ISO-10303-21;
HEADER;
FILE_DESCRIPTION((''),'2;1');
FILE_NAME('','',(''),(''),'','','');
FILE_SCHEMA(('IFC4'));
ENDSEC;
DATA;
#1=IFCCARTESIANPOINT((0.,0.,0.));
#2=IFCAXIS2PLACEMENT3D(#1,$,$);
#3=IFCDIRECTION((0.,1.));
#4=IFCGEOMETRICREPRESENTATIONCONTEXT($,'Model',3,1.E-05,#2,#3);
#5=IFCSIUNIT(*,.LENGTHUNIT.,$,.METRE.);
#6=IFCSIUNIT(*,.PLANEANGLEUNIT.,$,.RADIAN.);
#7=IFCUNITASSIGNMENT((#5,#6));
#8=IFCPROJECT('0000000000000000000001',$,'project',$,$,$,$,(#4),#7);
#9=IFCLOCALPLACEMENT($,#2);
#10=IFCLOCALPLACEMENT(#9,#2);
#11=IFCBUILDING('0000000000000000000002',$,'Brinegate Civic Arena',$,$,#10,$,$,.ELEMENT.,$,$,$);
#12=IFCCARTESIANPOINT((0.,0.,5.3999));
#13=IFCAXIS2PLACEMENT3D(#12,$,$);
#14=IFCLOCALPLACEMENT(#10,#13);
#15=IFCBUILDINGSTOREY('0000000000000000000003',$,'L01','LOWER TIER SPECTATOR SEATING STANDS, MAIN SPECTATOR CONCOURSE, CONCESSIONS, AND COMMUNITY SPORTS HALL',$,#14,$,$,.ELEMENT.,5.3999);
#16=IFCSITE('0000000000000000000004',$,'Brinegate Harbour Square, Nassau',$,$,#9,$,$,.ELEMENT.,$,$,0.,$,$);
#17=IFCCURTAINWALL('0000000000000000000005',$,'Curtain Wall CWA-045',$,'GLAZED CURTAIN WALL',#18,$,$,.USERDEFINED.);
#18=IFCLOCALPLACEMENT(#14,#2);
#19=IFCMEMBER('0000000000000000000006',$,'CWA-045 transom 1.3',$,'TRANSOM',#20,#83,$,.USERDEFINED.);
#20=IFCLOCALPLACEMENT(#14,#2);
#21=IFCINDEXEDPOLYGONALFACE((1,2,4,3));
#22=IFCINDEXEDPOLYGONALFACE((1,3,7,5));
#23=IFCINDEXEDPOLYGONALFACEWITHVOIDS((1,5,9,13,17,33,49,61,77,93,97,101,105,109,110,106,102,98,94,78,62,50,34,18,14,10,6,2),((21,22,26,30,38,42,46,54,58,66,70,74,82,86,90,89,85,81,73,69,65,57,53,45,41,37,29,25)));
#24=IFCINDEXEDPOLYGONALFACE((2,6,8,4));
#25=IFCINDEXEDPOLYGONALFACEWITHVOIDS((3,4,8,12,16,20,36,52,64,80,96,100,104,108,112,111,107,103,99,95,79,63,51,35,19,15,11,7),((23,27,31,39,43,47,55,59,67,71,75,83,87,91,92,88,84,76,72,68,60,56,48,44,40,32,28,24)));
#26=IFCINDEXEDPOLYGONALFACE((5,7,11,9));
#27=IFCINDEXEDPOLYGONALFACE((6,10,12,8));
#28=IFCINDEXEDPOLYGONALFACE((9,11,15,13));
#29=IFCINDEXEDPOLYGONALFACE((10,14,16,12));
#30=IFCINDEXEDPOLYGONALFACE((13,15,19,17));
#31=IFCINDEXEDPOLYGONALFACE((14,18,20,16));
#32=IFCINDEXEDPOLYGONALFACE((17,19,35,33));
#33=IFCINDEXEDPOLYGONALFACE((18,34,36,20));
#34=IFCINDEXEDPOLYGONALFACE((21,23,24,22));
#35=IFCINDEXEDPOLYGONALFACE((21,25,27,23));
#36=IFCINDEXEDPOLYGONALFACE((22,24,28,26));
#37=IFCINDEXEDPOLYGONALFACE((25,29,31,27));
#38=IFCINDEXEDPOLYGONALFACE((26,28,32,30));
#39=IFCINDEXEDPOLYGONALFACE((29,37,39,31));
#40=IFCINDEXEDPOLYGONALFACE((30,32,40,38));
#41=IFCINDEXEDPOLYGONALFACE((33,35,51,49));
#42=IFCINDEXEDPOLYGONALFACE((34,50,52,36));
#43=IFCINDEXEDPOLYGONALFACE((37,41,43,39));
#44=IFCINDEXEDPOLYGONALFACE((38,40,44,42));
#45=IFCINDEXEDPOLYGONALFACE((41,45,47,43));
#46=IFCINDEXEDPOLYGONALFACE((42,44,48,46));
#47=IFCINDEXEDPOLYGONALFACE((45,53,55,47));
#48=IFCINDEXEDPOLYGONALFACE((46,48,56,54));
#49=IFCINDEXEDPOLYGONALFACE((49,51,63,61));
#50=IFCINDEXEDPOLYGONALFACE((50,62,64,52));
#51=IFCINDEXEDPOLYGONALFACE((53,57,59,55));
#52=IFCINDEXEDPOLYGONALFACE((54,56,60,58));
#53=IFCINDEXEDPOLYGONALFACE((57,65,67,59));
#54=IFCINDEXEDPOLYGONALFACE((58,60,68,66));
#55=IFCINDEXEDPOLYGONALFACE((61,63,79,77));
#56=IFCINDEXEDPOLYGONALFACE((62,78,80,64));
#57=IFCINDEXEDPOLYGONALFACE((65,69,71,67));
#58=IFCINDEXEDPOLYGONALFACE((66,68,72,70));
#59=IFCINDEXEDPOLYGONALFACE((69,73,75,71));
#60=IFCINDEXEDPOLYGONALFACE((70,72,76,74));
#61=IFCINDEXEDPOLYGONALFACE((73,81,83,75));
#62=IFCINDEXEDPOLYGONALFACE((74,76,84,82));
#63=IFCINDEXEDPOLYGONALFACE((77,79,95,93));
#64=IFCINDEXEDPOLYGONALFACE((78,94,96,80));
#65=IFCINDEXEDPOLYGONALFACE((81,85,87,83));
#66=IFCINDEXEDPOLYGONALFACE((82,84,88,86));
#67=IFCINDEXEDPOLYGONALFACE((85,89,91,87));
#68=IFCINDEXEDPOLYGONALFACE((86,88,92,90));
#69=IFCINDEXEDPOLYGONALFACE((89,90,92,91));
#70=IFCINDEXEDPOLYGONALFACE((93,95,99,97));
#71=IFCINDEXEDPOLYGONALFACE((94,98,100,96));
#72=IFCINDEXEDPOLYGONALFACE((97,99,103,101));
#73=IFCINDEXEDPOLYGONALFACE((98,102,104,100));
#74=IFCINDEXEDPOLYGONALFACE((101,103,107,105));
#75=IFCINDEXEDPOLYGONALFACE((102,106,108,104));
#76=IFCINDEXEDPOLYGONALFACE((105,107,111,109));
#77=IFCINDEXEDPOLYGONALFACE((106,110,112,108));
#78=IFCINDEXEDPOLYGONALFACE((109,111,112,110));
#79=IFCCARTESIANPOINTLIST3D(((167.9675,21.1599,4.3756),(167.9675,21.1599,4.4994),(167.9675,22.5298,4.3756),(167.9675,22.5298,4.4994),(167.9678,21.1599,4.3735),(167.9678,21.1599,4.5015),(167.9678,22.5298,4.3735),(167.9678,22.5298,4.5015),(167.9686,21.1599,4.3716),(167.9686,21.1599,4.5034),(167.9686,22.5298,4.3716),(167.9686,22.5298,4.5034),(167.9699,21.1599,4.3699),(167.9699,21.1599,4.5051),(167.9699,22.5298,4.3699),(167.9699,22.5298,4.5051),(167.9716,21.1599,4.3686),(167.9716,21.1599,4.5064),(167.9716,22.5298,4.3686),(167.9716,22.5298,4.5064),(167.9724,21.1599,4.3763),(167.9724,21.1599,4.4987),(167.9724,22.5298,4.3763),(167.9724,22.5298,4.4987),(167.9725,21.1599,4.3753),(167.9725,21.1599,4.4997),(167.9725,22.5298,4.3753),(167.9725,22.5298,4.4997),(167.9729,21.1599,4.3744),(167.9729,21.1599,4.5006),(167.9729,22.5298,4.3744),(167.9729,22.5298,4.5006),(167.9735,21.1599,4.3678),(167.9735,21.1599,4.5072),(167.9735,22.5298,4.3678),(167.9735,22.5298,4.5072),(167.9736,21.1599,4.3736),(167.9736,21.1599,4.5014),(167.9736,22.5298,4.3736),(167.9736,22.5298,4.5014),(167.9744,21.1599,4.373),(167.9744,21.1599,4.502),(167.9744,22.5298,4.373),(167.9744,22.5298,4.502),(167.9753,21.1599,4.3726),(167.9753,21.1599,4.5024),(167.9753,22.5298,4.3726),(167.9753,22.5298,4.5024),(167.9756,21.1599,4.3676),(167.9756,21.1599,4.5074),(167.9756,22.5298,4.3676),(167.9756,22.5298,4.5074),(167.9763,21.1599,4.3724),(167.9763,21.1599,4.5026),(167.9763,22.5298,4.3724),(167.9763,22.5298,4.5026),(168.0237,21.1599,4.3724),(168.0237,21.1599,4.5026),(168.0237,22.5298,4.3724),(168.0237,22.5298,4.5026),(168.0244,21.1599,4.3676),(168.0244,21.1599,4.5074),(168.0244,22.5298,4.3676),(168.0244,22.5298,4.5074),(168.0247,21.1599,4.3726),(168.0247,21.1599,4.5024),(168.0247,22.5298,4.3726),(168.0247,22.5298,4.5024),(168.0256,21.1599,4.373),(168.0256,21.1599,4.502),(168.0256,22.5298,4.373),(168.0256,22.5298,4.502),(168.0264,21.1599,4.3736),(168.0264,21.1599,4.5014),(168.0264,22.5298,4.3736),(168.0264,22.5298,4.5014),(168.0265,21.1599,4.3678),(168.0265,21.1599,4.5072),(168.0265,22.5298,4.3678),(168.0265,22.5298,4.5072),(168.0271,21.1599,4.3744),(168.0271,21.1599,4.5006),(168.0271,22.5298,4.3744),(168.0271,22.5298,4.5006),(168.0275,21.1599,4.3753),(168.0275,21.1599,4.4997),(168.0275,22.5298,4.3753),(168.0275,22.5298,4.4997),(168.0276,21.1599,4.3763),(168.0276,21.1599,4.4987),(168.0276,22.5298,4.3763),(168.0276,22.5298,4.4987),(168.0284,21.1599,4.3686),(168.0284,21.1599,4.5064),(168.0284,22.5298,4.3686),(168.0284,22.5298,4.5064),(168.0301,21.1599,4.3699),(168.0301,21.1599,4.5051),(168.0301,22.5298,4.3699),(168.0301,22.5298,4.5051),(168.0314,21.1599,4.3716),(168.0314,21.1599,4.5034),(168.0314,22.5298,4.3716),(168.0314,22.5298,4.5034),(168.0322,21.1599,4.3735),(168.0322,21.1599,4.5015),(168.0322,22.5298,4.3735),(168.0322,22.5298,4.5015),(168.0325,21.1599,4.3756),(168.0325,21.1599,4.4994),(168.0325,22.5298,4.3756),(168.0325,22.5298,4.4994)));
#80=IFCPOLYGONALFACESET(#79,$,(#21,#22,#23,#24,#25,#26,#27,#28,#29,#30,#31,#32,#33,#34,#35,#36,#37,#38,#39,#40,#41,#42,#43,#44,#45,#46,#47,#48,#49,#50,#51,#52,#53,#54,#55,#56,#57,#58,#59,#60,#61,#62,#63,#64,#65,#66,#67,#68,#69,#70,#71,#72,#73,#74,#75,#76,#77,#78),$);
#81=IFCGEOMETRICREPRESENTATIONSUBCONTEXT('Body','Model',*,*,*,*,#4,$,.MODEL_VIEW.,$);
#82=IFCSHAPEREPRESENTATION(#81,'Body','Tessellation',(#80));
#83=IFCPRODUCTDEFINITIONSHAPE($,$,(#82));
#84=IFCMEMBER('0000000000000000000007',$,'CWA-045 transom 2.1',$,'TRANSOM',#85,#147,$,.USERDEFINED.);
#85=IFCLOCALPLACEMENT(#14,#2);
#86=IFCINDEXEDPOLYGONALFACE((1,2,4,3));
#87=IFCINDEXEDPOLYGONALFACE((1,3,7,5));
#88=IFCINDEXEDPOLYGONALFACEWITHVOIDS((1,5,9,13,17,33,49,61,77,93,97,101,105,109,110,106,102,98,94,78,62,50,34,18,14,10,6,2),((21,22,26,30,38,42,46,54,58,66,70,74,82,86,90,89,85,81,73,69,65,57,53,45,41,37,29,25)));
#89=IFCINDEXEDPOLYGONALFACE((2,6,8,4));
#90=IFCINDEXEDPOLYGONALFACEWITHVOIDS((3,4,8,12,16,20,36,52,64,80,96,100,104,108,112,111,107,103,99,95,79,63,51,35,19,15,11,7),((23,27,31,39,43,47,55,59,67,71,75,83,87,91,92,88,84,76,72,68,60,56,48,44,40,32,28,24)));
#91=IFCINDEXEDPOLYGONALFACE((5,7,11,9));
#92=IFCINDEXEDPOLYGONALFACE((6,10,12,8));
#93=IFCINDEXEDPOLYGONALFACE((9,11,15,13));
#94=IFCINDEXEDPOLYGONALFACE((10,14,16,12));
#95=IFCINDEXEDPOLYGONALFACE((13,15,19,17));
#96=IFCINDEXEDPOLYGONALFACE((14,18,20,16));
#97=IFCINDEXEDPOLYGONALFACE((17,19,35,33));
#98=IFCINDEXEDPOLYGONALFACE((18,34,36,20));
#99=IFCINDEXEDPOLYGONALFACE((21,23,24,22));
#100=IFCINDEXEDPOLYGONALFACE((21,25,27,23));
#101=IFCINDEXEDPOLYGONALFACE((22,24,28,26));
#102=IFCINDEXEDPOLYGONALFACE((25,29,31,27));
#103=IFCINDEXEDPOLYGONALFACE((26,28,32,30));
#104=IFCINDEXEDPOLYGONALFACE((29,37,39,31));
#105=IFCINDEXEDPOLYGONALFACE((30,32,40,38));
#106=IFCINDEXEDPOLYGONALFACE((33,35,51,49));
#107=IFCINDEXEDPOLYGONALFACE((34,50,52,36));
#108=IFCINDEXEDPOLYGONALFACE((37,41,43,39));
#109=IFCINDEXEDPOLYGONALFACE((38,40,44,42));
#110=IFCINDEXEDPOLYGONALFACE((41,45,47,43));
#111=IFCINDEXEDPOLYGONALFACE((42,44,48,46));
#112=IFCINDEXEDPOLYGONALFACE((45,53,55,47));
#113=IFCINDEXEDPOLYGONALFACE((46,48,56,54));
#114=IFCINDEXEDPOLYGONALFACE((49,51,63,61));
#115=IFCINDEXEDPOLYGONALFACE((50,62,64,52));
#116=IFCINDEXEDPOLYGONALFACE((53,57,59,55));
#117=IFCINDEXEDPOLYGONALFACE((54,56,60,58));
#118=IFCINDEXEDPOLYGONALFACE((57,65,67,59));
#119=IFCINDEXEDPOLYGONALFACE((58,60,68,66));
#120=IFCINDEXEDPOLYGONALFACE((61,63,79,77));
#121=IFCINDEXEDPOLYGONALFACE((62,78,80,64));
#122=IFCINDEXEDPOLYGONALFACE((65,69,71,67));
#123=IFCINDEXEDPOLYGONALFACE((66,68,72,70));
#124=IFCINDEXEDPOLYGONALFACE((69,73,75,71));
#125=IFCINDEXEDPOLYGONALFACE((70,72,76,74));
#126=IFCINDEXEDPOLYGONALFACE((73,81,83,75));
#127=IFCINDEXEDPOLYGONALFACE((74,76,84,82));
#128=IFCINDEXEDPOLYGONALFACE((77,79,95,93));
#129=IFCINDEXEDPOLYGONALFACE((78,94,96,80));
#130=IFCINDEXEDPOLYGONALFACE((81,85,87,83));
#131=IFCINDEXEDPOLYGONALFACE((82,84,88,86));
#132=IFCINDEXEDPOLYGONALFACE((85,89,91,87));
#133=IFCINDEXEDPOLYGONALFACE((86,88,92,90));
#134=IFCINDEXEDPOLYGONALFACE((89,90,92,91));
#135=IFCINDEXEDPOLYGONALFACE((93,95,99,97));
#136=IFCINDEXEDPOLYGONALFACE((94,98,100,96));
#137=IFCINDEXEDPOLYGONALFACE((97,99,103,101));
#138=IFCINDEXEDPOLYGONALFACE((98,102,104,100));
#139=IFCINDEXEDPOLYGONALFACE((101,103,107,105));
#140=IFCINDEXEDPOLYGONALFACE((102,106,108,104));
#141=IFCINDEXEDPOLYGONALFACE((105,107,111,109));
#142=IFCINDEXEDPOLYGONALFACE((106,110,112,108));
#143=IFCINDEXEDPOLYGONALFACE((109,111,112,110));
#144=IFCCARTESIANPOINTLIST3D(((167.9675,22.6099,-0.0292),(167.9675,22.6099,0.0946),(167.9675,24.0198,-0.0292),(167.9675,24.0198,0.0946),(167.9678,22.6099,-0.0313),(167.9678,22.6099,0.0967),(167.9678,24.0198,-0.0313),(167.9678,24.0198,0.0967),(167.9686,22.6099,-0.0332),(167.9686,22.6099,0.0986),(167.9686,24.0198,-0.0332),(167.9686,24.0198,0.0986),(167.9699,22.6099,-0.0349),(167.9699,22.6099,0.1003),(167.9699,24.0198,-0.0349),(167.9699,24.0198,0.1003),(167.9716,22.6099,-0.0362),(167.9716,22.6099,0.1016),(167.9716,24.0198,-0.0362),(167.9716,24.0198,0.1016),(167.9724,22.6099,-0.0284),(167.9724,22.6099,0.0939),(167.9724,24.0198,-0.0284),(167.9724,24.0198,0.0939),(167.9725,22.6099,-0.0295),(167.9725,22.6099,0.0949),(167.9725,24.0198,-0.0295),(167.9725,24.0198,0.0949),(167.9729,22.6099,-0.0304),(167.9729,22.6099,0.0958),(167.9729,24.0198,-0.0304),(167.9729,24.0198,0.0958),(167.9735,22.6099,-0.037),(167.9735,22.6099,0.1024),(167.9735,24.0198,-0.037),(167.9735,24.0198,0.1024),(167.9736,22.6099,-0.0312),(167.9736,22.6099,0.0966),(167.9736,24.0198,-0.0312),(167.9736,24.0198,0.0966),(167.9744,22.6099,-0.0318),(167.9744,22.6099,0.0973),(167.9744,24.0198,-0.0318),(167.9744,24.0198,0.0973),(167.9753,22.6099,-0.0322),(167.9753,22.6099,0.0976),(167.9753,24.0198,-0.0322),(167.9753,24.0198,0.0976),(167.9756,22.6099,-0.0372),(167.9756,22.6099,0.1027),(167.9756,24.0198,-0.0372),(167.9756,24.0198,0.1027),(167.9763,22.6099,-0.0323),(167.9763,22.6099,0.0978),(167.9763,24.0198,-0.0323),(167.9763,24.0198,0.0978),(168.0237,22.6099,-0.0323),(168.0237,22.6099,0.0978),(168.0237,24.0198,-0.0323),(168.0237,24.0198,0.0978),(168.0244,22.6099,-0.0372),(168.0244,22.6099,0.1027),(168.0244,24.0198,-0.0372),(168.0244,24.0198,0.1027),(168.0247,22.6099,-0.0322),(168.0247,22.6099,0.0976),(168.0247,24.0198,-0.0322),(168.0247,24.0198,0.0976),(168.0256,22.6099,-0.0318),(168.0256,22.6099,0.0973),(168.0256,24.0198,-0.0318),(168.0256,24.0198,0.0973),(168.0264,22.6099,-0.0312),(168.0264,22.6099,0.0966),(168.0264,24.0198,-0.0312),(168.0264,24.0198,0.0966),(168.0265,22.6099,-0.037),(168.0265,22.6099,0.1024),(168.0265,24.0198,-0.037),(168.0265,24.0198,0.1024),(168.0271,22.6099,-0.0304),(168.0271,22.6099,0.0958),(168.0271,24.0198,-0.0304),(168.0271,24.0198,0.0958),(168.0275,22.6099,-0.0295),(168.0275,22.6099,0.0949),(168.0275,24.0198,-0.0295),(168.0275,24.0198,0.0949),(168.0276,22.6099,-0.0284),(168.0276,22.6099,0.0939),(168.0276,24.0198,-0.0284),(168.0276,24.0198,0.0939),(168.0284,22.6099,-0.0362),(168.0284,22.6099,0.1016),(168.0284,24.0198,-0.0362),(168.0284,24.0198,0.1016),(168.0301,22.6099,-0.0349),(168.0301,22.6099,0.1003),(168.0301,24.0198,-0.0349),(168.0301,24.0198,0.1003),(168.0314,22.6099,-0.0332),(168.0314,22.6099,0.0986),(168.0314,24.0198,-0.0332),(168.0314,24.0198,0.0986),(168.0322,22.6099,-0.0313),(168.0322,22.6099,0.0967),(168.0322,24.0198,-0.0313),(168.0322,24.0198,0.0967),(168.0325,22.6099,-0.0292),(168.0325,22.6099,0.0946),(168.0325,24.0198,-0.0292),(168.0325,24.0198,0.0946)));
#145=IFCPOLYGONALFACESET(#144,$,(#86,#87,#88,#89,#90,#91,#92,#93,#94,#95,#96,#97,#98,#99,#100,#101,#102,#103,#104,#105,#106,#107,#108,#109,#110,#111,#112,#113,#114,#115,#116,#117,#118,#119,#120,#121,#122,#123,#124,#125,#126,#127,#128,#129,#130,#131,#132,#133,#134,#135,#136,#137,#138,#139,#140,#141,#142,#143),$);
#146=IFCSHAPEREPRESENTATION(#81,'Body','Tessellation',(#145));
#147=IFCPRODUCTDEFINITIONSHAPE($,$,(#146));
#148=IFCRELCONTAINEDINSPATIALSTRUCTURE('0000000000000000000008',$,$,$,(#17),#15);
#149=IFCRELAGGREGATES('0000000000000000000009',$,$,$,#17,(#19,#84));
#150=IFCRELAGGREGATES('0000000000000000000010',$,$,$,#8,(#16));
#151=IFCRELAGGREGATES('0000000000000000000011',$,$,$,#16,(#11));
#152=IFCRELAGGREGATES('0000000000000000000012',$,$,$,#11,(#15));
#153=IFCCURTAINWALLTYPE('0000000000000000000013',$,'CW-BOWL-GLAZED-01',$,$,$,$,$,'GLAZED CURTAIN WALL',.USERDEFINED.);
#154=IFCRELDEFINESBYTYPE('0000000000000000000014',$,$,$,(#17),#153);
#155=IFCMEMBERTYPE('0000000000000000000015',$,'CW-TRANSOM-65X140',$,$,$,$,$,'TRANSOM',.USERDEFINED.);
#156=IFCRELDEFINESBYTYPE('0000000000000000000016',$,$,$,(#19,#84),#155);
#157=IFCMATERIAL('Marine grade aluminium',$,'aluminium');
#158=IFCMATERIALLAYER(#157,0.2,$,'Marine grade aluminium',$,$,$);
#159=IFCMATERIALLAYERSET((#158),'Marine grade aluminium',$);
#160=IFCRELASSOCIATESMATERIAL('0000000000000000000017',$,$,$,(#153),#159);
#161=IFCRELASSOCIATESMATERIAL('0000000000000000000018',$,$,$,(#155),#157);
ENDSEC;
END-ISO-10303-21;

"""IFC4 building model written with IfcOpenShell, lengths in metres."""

from ifc_helpers import new_model, si_unit, direction, frame, origin, origin_2d, place, context, subcontext, project, spatial, hollow_rectangle, extrude, material, layer, layer_set, material_profile, profile_set, type_object, element, aggregate, save


model = new_model("IFC4")

# Units and contexts
model_context = context("Model", 3, precision=1e-05, world=origin(), true_north=direction((0.0, 1.0)))
body_context = subcontext(model_context, "Body", "Model", "MODEL_VIEW")
ifc_project = project(units=[si_unit("LENGTHUNIT", "METRE"), si_unit("PLANEANGLEUNIT", "RADIAN")], contexts=[model_context])

# Site, building, storey
site_placement = place(None, origin())
site = spatial("IfcSite", under=ifc_project, at=site_placement, Name="Brinegate Harbour Square, Nassau", CompositionType="ELEMENT", RefElevation=0.0)
building_placement = place(site_placement, origin())
building = spatial("IfcBuilding", under=site, at=building_placement, Name="Brinegate Civic Arena", CompositionType="ELEMENT")
storey_placement = place(building_placement, frame((0.0, 0.0, 5.3999)))
storey = spatial("IfcBuildingStorey", under=building, at=storey_placement, Name="L01", Description="LOWER TIER SPECTATOR SEATING STANDS, MAIN SPECTATOR CONCOURSE, CONCESSIONS, AND COMMUNITY SPORTS HALL", CompositionType="ELEMENT", Elevation=5.3999)

# Curtain wall, members
ifc_material_1 = material(Name="Marine grade aluminium", Category="aluminium")
ifc_layer_1 = layer(ifc_material_1, 0.2, Name="Marine grade aluminium")
ifc_layer_set_1 = layer_set([ifc_layer_1], Name="Marine grade aluminium")
curtain_wall_type = type_object("IfcCurtainWallType", Name="CW-BOWL-GLAZED-01", ElementType="GLAZED CURTAIN WALL", PredefinedType="USERDEFINED", material=ifc_layer_set_1)
curtain_wall_placement = place(storey_placement, origin())
curtain_wall = element("IfcCurtainWall", 1, at=curtain_wall_placement, inside=storey, type_object=curtain_wall_type, Name="Curtain Wall CWA-045", ObjectType="GLAZED CURTAIN WALL", PredefinedType="USERDEFINED")
ifc_material_profile_1 = material_profile(ifc_material_1, hollow_rectangle(XDim=0.0649, YDim=0.1399, WallThickness=0.0049, InnerFilletRadius=0.0039, OuterFilletRadius=0.0081, at=origin_2d()), Name="TRN65X140")
ifc_profile_set_1 = profile_set([ifc_material_profile_1], Name="Marine grade aluminium")
member_type_1 = type_object("IfcMemberType", Name="CW-TRANSOM-65X140", ElementType="TRANSOM", PredefinedType="USERDEFINED", material=ifc_profile_set_1)
member_1_placement = place(storey_placement, frame((168.0, 21.1599, 4.4375), z_axis=(0.0, 1.0, 0.0), x_axis=(-1.0, 0.0, 0.0)))
member_1 = element("IfcMember", 2, at=member_1_placement, type_object=member_type_1, Name="CWA-045 transom 1.3", ObjectType="TRANSOM", PredefinedType="USERDEFINED", context=body_context, shape_type="SweptSolid", body=[
    extrude(hollow_rectangle(XDim=0.0649, YDim=0.1399, WallThickness=0.0049, InnerFilletRadius=0.0039, OuterFilletRadius=0.0081, at=origin_2d()), origin(), (0.0, 0.0, 1.0), 1.3699),
])
member_2_placement = place(storey_placement, frame((168.0, 22.6099, 0.0327), z_axis=(0.0, 1.0, 0.0), x_axis=(-1.0, 0.0, 0.0)))
member_2 = element("IfcMember", 3, at=member_2_placement, type_object=member_type_1, Name="CWA-045 transom 2.1", ObjectType="TRANSOM", PredefinedType="USERDEFINED", context=body_context, shape_type="SweptSolid", body=[
    extrude(hollow_rectangle(XDim=0.0649, YDim=0.1399, WallThickness=0.0049, InnerFilletRadius=0.0039, OuterFilletRadius=0.0081, at=origin_2d()), origin(), (0.0, 0.0, 1.0), 1.4099),
])

aggregate(curtain_wall, [member_1, member_2])

save(model, "model.ifc")
